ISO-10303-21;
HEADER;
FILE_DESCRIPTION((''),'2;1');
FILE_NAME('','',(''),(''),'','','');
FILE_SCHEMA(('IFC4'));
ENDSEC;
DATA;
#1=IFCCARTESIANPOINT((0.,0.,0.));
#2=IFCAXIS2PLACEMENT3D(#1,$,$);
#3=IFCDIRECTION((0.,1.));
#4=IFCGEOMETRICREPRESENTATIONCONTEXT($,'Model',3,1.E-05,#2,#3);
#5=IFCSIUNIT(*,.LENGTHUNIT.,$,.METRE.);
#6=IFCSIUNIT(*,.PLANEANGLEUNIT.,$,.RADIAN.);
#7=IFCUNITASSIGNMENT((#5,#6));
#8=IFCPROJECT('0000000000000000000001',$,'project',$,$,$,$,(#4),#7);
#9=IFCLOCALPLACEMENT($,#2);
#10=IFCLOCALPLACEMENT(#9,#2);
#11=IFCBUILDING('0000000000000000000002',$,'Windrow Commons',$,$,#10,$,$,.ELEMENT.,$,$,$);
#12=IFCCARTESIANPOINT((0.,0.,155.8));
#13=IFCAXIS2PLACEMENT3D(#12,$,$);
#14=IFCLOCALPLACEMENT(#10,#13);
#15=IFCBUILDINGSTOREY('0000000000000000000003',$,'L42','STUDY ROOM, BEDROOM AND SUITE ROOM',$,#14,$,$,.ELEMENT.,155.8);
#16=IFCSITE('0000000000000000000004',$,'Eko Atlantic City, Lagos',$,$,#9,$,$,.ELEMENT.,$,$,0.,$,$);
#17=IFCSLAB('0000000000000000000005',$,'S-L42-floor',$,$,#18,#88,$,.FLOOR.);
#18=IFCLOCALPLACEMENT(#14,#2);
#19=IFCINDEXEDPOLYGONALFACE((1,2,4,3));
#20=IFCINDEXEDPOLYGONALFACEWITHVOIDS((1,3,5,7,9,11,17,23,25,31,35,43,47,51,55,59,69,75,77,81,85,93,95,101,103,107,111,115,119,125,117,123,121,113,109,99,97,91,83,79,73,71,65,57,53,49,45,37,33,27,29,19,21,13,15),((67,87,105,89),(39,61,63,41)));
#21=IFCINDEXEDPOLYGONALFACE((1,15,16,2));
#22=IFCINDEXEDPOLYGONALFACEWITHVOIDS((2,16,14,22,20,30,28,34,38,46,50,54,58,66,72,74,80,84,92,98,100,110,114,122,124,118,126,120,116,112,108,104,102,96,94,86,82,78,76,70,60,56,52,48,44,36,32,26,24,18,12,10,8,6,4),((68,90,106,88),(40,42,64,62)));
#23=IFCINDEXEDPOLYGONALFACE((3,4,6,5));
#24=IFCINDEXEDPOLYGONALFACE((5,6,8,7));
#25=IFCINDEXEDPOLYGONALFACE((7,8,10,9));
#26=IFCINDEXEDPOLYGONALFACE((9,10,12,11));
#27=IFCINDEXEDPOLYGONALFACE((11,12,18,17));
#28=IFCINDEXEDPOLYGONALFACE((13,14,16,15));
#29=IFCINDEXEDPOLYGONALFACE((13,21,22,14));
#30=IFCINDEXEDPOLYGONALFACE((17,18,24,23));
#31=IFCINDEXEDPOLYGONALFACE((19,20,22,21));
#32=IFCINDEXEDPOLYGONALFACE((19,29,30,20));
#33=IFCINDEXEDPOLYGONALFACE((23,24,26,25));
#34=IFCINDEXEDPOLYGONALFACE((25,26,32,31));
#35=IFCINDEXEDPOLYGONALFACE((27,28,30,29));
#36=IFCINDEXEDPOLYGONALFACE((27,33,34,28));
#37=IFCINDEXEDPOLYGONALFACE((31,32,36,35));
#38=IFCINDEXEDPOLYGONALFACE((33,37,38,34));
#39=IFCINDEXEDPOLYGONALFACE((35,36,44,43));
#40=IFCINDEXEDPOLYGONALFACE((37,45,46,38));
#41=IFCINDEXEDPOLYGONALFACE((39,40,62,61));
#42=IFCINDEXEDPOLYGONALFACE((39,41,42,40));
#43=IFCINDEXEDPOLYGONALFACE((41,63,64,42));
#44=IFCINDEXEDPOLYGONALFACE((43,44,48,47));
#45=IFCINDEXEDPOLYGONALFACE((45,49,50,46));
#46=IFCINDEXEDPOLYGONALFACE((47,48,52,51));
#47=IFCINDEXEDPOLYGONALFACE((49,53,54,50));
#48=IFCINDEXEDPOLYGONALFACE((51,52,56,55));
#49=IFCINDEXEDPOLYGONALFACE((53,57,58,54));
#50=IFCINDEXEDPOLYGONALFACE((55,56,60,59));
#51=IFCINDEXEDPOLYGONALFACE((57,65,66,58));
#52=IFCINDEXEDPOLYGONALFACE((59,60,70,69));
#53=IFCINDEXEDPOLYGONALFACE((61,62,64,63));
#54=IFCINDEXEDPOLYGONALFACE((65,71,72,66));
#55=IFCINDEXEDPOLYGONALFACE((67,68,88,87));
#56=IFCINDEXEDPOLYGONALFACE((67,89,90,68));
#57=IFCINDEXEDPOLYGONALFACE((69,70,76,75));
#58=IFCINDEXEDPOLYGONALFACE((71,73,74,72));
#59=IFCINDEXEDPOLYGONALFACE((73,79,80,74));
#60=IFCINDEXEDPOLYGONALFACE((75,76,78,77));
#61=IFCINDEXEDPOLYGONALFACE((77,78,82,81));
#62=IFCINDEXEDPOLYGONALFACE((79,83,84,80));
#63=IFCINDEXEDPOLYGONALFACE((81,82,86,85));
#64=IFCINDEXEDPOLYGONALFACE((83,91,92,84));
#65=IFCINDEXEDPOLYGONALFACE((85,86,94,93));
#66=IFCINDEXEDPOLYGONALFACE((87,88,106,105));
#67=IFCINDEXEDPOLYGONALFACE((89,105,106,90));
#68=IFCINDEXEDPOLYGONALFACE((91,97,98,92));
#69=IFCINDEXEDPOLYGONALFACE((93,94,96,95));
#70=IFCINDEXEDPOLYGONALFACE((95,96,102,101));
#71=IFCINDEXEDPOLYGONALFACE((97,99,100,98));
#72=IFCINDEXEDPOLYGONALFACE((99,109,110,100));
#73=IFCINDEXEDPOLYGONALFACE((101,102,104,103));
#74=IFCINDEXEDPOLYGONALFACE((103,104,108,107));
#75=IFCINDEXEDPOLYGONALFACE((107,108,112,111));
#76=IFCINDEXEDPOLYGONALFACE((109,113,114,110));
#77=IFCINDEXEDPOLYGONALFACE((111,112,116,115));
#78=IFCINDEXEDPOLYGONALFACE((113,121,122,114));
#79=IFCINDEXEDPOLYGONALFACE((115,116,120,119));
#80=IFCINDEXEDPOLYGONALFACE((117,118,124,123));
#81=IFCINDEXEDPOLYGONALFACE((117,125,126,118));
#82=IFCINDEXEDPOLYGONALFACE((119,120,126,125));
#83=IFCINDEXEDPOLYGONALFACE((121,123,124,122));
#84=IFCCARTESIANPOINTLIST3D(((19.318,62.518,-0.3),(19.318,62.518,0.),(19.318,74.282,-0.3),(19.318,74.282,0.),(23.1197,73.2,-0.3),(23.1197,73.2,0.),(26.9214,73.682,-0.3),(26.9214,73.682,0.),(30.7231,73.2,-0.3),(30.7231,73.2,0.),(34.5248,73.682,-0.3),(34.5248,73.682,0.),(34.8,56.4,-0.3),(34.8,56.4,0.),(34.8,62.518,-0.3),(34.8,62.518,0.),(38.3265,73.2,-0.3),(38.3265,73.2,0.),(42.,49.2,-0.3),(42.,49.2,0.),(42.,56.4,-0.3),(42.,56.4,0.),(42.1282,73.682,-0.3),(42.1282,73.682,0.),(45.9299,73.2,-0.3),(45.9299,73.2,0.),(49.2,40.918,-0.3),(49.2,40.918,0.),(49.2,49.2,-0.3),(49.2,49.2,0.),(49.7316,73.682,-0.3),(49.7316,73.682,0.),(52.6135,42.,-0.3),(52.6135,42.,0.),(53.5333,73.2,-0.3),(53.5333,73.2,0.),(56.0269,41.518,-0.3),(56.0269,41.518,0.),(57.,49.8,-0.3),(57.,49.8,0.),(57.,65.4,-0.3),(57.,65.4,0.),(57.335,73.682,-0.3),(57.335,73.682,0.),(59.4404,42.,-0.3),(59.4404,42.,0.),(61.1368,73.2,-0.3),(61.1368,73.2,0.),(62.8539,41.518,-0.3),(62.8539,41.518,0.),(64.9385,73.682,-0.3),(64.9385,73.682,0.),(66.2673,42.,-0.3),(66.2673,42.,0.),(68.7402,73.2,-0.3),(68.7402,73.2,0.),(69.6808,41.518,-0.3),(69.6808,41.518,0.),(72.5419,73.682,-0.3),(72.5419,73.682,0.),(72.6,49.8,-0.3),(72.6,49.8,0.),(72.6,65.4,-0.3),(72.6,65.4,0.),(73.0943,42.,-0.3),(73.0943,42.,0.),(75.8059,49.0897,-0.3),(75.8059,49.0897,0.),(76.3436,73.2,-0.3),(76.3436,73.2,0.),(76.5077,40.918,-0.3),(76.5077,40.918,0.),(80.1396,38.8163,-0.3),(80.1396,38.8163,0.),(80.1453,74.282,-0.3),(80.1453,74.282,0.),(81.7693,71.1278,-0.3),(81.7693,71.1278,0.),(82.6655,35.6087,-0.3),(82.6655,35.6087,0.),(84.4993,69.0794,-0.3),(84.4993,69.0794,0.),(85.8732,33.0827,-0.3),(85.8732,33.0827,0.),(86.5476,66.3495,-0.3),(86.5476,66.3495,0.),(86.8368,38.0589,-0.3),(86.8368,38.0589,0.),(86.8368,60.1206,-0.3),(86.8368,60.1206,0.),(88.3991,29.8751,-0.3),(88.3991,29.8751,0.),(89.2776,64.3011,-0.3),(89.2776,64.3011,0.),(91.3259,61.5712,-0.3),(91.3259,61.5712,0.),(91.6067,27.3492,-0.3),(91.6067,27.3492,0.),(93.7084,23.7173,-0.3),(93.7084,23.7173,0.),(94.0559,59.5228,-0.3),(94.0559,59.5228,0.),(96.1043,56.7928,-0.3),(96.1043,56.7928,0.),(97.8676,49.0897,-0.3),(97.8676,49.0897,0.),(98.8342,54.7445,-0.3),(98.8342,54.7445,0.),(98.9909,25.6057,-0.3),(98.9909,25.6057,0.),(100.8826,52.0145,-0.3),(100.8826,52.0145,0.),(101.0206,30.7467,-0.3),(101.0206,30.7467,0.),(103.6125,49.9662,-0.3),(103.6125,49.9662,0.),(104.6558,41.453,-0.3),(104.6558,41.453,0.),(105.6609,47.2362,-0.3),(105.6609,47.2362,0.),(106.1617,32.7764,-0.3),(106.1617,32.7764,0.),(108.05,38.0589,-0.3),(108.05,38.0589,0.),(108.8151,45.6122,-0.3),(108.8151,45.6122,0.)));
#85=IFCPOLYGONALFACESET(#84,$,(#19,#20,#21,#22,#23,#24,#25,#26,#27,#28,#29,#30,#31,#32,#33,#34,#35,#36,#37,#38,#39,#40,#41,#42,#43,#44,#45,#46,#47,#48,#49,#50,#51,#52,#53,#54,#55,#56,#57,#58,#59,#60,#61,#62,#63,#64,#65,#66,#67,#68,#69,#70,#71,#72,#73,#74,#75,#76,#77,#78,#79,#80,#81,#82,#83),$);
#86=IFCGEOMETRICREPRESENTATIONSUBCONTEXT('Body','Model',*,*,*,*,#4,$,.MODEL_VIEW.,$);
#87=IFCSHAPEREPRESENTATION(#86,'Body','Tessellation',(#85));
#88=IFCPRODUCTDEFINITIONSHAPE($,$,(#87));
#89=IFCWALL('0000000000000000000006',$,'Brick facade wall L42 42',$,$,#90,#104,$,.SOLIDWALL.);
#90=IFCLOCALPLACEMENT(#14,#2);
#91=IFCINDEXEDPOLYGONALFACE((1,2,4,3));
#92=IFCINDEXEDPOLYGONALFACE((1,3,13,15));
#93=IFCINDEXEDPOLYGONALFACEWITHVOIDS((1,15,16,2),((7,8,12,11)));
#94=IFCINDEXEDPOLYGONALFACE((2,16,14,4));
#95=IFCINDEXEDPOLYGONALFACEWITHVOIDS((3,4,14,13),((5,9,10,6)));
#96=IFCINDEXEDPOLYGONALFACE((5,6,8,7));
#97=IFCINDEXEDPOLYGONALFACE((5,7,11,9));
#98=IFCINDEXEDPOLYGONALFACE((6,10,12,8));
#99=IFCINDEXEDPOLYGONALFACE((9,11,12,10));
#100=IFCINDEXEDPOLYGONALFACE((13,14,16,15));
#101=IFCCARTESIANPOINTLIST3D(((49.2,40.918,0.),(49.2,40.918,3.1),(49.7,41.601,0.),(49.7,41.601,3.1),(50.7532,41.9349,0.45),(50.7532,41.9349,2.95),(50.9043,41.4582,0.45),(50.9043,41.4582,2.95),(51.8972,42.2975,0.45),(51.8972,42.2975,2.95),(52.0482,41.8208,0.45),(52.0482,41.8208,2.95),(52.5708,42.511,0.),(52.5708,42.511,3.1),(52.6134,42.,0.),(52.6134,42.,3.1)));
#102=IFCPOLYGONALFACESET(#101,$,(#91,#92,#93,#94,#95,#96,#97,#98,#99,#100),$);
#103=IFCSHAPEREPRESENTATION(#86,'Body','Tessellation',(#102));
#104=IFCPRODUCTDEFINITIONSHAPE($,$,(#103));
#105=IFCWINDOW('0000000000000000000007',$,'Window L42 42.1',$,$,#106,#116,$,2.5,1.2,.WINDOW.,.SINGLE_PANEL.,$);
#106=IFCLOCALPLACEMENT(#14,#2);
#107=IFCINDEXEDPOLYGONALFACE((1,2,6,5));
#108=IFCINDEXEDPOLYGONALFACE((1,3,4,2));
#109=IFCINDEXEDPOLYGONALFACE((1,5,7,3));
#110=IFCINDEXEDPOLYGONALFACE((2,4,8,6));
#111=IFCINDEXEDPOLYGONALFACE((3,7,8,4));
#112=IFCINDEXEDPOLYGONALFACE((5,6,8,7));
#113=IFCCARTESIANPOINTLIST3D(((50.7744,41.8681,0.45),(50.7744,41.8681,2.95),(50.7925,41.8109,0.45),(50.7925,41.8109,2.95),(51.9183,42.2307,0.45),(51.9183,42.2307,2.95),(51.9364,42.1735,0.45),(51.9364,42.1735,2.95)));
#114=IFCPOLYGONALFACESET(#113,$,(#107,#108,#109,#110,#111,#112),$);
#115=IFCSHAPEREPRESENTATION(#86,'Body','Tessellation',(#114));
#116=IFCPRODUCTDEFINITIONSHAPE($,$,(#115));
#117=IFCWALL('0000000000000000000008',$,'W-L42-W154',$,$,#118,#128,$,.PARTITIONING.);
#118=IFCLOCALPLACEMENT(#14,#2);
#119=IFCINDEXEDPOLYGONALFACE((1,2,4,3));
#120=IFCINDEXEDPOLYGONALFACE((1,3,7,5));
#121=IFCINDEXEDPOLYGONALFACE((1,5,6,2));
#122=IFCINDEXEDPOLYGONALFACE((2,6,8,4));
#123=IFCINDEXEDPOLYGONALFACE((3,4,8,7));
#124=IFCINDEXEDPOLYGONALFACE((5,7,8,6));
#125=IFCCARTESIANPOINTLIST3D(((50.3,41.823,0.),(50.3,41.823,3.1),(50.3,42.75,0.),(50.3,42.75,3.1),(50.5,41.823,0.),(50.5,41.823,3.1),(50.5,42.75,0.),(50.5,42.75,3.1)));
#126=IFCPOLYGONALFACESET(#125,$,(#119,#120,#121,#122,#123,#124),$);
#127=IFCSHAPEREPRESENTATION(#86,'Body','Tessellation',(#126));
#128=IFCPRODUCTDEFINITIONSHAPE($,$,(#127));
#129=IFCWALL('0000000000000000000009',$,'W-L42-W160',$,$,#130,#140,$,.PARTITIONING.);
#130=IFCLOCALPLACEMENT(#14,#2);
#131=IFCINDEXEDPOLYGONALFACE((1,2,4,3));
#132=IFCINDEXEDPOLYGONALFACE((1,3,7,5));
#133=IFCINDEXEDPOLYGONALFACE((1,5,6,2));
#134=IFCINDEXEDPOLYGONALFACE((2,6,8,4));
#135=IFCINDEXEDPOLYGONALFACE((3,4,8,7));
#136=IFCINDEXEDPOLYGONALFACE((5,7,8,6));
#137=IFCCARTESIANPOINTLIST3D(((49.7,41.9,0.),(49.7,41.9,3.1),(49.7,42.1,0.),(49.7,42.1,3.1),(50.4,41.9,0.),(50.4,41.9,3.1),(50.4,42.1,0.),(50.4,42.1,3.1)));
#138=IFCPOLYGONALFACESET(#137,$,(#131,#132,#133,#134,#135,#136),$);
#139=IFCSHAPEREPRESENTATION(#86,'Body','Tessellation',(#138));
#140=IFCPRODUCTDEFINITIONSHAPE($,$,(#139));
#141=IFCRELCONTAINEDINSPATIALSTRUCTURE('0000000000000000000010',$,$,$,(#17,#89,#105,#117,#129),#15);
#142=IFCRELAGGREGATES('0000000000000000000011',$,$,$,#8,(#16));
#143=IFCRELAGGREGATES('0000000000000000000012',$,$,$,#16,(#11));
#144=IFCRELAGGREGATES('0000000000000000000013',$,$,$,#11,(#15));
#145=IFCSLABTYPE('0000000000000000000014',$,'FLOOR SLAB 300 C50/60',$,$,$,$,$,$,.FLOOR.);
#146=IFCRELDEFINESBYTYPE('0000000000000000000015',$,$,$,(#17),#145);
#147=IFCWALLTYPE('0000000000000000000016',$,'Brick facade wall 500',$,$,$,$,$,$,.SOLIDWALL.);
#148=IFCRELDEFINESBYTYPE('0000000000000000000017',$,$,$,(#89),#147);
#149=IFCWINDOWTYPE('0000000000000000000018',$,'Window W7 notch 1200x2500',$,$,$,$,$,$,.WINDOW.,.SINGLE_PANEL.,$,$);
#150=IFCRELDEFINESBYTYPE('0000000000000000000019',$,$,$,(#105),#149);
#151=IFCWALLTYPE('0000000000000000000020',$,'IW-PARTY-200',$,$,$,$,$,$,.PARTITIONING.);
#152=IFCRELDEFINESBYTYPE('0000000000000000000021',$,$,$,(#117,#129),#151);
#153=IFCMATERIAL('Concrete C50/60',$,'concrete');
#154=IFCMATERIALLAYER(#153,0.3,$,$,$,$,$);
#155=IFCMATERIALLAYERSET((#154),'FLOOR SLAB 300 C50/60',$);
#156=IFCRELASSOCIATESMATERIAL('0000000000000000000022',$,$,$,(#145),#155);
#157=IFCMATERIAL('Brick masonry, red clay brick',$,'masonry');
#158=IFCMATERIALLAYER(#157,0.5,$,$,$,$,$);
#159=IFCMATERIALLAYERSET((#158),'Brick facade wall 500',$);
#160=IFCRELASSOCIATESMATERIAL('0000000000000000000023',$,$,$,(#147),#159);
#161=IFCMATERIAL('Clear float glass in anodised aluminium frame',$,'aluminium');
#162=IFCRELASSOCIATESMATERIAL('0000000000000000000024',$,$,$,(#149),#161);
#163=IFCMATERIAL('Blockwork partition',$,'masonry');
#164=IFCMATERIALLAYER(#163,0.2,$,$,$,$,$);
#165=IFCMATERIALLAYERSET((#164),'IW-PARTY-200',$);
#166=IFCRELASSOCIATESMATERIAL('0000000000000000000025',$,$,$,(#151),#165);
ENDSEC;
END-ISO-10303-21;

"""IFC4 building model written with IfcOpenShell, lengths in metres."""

from ifc_helpers import new_model, si_unit, direction, frame, frame_2d, origin, place, context, subcontext, project, spatial, polyline, rectangle, outline, extrude, material, layer, layer_set, type_object, element, fill, save


model = new_model("IFC4")

# Units and contexts
model_context = context("Model", 3, precision=1e-05, world=origin(), true_north=direction((0.0, 1.0)))
body_context = subcontext(model_context, "Body", "Model", "MODEL_VIEW")
ifc_project = project(units=[si_unit("LENGTHUNIT", "METRE"), si_unit("PLANEANGLEUNIT", "RADIAN")], contexts=[model_context])

# Site, building, storey
site_placement = place(None, origin())
site = spatial("IfcSite", under=ifc_project, at=site_placement, Name="Eko Atlantic City, Lagos", CompositionType="ELEMENT", RefElevation=0.0)
building_placement = place(site_placement, origin())
building = spatial("IfcBuilding", under=site, at=building_placement, Name="Windrow Commons", CompositionType="ELEMENT")
storey_placement = place(building_placement, frame((0.0, 0.0, 155.8)))
storey = spatial("IfcBuildingStorey", under=building, at=storey_placement, Name="L42", Description="STUDY ROOM, BEDROOM AND SUITE ROOM", CompositionType="ELEMENT", Elevation=155.8)

# Shared definitions
placement_1 = place(storey_placement, frame((0.0, 0.0, -0.3)))

# Slab, openings
ifc_material_1 = material(Name="Concrete C50/60", Category="concrete")
ifc_layer_1 = layer(ifc_material_1, 0.3)
ifc_layer_set_1 = layer_set([ifc_layer_1], Name="FLOOR SLAB 300 C50/60")
slab_type_1 = type_object("IfcSlabType", Name="FLOOR SLAB 300 C50/60", PredefinedType="FLOOR", material=ifc_layer_set_1)
slab_1 = element("IfcSlab", 1, at=placement_1, inside=storey, type_object=slab_type_1, Name="S-L42-floor", PredefinedType="FLOOR", context=body_context, shape_type="SweptSolid", body=[
    extrude(outline(polyline([(91.6067, 27.3492), (93.7084, 23.7173), (98.9909, 25.6057), (101.0206, 30.7467), (106.1617, 32.7764), (108.05, 38.0589), (104.6558, 41.453), (108.8151, 45.6122), (105.6609, 47.2362), (103.6125, 49.9662), (100.8826, 52.0145), (98.8342, 54.7445), (96.1043, 56.7928), (94.0559, 59.5228), (91.3259, 61.5712), (89.2776, 64.3011), (86.5476, 66.3495), (84.4993, 69.0794), (81.7693, 71.1278), (80.1453, 74.282), (76.3436, 73.2), (72.5419, 73.682), (68.7402, 73.2), (64.9385, 73.682), (61.1368, 73.2), (57.335, 73.682), (53.5333, 73.2), (49.7316, 73.682), (45.9299, 73.2), (42.1282, 73.682), (38.3265, 73.2), (34.5248, 73.682), (30.7231, 73.2), (26.9214, 73.682), (23.1197, 73.2), (19.318, 74.282), (19.318, 62.518), (34.8, 62.518), (34.8, 56.4), (42.0, 56.4), (42.0, 49.2), (49.2, 49.2), (49.2, 40.918), (52.6135, 42.0), (56.0269, 41.518), (59.4404, 42.0), (62.8539, 41.518), (66.2673, 42.0), (69.6808, 41.518), (73.0943, 42.0), (76.5077, 40.918), (80.1396, 38.8163), (82.6655, 35.6087), (85.8732, 33.0827), (88.3991, 29.8751), (91.6067, 27.3492)]), holes=[polyline([(75.8059, 49.0897), (86.8368, 60.1206), (97.8676, 49.0897), (86.8368, 38.0589), (75.8059, 49.0897)]), polyline([(57.0, 49.8), (57.0, 65.4), (72.6, 65.4), (72.6, 49.8), (57.0, 49.8)])]), origin(), (0.0, 0.0, 1.0), 0.3),
])
opening_1_placement = place(placement_1, origin())
element("IfcOpeningElement", 2, at=opening_1_placement, cuts=slab_1, PredefinedType="OPENING", context=body_context, shape_type="SweptSolid", body=[
    extrude(outline(polyline([(75.813, 49.0897), (86.8368, 60.1135), (97.8605, 49.0897), (86.8368, 38.066), (75.813, 49.0897)])), origin(), (0.0, 0.0, 1.0), 0.3),
])
opening_2_placement = place(placement_1, origin())
element("IfcOpeningElement", 3, at=opening_2_placement, cuts=slab_1, PredefinedType="OPENING", context=body_context, shape_type="SweptSolid", body=[
    extrude(outline(polyline([(57.005, 49.805), (57.005, 65.395), (72.595, 65.395), (72.595, 49.805), (57.005, 49.805)])), origin(), (0.0, 0.0, 1.0), 0.3),
])

# Wall, opening, window
ifc_material_2 = material(Name="Brick masonry, red clay brick", Category="masonry")
ifc_layer_2 = layer(ifc_material_2, 0.5)
ifc_layer_set_2 = layer_set([ifc_layer_2], Name="Brick facade wall 500")
wall_type_1 = type_object("IfcWallType", Name="Brick facade wall 500", PredefinedType="SOLIDWALL", material=ifc_layer_set_2)
wall_1_placement = place(storey_placement, frame((49.45, 41.2595, 0.0), z_axis=(0.0, 0.0, 1.0), x_axis=(0.953255, 0.302168, 0.0)))
wall_1 = element("IfcWall", 4, at=wall_1_placement, inside=storey, type_object=wall_type_1, Name="Brick facade wall L42 42", PredefinedType="SOLIDWALL", context=body_context, shape_type="SweptSolid", body=[
    extrude(outline(polyline([(-0.3415, -0.25), (3.2393, -0.25), (3.3531, 0.25), (0.3415, 0.25), (-0.3415, -0.25)])), origin(), (0.0, 0.0, 1.0), 3.1),
])
opening_3_placement = place(wall_1_placement, frame((1.4464, 0.0, 0.45)))
opening_3 = element("IfcOpeningElement", 5, at=opening_3_placement, cuts=wall_1, PredefinedType="OPENING", context=body_context, shape_type="SweptSolid", body=[
    extrude(rectangle(XDim=1.2, YDim=2.5, at=frame_2d((0.6, 1.25))), frame((0.0, 0.26, 0.0), z_axis=(0.0, -1.0, 0.0), x_axis=(1.0, 0.0, 0.0)), (0.0, 0.0, 1.0), 0.52),
])
ifc_material_3 = material(Name="Clear float glass in anodised aluminium frame", Category="aluminium")
window_type = type_object("IfcWindowType", Name="Window W7 notch 1200x2500", PartitioningType="SINGLE_PANEL", PredefinedType="WINDOW", material=ifc_material_3)
window_placement = place(opening_3_placement, origin())
window = element("IfcWindow", 6, at=window_placement, inside=storey, type_object=window_type, Name="Window L42 42.1", OverallHeight=2.5, OverallWidth=1.2, PartitioningType="SINGLE_PANEL", PredefinedType="WINDOW", context=body_context, shape_type="SweptSolid", body=[
    extrude(rectangle(XDim=1.2, YDim=2.5, at=frame_2d((0.6, 1.25))), frame((0.0, 0.18, 0.0), z_axis=(0.0, -1.0, 0.0), x_axis=(1.0, 0.0, 0.0)), (0.0, 0.0, 1.0), 0.06),
])
fill(opening_3, window)

# Walls
ifc_material_4 = material(Name="Blockwork partition", Category="masonry")
ifc_layer_3 = layer(ifc_material_4, 0.2)
ifc_layer_set_3 = layer_set([ifc_layer_3], Name="IW-PARTY-200")
wall_type_2 = type_object("IfcWallType", Name="IW-PARTY-200", PredefinedType="PARTITIONING", material=ifc_layer_set_3)
wall_2_placement = place(storey_placement, frame((50.4, 41.8229, 0.0), z_axis=(0.0, 0.0, 1.0), x_axis=(0.0, 1.0, 0.0)))
element("IfcWall", 7, at=wall_2_placement, inside=storey, type_object=wall_type_2, Name="W-L42-W154", PredefinedType="PARTITIONING", context=body_context, shape_type="SweptSolid", body=[
    extrude(rectangle(XDim=0.9271, YDim=0.2, at=frame_2d((0.4636, 0.0))), origin(), (0.0, 0.0, 1.0), 3.1),
])
wall_3_placement = place(storey_placement, frame((49.7, 42.0, 0.0), z_axis=(0.0, 0.0, 1.0), x_axis=(1.0, 0.0, 0.0)))
element("IfcWall", 8, at=wall_3_placement, inside=storey, type_object=wall_type_2, Name="W-L42-W160", PredefinedType="PARTITIONING", context=body_context, shape_type="SweptSolid", body=[
    extrude(rectangle(XDim=0.7, YDim=0.2, at=frame_2d((0.35, 0.0))), origin(), (0.0, 0.0, 1.0), 3.1),
])

save(model, "model.ifc")
